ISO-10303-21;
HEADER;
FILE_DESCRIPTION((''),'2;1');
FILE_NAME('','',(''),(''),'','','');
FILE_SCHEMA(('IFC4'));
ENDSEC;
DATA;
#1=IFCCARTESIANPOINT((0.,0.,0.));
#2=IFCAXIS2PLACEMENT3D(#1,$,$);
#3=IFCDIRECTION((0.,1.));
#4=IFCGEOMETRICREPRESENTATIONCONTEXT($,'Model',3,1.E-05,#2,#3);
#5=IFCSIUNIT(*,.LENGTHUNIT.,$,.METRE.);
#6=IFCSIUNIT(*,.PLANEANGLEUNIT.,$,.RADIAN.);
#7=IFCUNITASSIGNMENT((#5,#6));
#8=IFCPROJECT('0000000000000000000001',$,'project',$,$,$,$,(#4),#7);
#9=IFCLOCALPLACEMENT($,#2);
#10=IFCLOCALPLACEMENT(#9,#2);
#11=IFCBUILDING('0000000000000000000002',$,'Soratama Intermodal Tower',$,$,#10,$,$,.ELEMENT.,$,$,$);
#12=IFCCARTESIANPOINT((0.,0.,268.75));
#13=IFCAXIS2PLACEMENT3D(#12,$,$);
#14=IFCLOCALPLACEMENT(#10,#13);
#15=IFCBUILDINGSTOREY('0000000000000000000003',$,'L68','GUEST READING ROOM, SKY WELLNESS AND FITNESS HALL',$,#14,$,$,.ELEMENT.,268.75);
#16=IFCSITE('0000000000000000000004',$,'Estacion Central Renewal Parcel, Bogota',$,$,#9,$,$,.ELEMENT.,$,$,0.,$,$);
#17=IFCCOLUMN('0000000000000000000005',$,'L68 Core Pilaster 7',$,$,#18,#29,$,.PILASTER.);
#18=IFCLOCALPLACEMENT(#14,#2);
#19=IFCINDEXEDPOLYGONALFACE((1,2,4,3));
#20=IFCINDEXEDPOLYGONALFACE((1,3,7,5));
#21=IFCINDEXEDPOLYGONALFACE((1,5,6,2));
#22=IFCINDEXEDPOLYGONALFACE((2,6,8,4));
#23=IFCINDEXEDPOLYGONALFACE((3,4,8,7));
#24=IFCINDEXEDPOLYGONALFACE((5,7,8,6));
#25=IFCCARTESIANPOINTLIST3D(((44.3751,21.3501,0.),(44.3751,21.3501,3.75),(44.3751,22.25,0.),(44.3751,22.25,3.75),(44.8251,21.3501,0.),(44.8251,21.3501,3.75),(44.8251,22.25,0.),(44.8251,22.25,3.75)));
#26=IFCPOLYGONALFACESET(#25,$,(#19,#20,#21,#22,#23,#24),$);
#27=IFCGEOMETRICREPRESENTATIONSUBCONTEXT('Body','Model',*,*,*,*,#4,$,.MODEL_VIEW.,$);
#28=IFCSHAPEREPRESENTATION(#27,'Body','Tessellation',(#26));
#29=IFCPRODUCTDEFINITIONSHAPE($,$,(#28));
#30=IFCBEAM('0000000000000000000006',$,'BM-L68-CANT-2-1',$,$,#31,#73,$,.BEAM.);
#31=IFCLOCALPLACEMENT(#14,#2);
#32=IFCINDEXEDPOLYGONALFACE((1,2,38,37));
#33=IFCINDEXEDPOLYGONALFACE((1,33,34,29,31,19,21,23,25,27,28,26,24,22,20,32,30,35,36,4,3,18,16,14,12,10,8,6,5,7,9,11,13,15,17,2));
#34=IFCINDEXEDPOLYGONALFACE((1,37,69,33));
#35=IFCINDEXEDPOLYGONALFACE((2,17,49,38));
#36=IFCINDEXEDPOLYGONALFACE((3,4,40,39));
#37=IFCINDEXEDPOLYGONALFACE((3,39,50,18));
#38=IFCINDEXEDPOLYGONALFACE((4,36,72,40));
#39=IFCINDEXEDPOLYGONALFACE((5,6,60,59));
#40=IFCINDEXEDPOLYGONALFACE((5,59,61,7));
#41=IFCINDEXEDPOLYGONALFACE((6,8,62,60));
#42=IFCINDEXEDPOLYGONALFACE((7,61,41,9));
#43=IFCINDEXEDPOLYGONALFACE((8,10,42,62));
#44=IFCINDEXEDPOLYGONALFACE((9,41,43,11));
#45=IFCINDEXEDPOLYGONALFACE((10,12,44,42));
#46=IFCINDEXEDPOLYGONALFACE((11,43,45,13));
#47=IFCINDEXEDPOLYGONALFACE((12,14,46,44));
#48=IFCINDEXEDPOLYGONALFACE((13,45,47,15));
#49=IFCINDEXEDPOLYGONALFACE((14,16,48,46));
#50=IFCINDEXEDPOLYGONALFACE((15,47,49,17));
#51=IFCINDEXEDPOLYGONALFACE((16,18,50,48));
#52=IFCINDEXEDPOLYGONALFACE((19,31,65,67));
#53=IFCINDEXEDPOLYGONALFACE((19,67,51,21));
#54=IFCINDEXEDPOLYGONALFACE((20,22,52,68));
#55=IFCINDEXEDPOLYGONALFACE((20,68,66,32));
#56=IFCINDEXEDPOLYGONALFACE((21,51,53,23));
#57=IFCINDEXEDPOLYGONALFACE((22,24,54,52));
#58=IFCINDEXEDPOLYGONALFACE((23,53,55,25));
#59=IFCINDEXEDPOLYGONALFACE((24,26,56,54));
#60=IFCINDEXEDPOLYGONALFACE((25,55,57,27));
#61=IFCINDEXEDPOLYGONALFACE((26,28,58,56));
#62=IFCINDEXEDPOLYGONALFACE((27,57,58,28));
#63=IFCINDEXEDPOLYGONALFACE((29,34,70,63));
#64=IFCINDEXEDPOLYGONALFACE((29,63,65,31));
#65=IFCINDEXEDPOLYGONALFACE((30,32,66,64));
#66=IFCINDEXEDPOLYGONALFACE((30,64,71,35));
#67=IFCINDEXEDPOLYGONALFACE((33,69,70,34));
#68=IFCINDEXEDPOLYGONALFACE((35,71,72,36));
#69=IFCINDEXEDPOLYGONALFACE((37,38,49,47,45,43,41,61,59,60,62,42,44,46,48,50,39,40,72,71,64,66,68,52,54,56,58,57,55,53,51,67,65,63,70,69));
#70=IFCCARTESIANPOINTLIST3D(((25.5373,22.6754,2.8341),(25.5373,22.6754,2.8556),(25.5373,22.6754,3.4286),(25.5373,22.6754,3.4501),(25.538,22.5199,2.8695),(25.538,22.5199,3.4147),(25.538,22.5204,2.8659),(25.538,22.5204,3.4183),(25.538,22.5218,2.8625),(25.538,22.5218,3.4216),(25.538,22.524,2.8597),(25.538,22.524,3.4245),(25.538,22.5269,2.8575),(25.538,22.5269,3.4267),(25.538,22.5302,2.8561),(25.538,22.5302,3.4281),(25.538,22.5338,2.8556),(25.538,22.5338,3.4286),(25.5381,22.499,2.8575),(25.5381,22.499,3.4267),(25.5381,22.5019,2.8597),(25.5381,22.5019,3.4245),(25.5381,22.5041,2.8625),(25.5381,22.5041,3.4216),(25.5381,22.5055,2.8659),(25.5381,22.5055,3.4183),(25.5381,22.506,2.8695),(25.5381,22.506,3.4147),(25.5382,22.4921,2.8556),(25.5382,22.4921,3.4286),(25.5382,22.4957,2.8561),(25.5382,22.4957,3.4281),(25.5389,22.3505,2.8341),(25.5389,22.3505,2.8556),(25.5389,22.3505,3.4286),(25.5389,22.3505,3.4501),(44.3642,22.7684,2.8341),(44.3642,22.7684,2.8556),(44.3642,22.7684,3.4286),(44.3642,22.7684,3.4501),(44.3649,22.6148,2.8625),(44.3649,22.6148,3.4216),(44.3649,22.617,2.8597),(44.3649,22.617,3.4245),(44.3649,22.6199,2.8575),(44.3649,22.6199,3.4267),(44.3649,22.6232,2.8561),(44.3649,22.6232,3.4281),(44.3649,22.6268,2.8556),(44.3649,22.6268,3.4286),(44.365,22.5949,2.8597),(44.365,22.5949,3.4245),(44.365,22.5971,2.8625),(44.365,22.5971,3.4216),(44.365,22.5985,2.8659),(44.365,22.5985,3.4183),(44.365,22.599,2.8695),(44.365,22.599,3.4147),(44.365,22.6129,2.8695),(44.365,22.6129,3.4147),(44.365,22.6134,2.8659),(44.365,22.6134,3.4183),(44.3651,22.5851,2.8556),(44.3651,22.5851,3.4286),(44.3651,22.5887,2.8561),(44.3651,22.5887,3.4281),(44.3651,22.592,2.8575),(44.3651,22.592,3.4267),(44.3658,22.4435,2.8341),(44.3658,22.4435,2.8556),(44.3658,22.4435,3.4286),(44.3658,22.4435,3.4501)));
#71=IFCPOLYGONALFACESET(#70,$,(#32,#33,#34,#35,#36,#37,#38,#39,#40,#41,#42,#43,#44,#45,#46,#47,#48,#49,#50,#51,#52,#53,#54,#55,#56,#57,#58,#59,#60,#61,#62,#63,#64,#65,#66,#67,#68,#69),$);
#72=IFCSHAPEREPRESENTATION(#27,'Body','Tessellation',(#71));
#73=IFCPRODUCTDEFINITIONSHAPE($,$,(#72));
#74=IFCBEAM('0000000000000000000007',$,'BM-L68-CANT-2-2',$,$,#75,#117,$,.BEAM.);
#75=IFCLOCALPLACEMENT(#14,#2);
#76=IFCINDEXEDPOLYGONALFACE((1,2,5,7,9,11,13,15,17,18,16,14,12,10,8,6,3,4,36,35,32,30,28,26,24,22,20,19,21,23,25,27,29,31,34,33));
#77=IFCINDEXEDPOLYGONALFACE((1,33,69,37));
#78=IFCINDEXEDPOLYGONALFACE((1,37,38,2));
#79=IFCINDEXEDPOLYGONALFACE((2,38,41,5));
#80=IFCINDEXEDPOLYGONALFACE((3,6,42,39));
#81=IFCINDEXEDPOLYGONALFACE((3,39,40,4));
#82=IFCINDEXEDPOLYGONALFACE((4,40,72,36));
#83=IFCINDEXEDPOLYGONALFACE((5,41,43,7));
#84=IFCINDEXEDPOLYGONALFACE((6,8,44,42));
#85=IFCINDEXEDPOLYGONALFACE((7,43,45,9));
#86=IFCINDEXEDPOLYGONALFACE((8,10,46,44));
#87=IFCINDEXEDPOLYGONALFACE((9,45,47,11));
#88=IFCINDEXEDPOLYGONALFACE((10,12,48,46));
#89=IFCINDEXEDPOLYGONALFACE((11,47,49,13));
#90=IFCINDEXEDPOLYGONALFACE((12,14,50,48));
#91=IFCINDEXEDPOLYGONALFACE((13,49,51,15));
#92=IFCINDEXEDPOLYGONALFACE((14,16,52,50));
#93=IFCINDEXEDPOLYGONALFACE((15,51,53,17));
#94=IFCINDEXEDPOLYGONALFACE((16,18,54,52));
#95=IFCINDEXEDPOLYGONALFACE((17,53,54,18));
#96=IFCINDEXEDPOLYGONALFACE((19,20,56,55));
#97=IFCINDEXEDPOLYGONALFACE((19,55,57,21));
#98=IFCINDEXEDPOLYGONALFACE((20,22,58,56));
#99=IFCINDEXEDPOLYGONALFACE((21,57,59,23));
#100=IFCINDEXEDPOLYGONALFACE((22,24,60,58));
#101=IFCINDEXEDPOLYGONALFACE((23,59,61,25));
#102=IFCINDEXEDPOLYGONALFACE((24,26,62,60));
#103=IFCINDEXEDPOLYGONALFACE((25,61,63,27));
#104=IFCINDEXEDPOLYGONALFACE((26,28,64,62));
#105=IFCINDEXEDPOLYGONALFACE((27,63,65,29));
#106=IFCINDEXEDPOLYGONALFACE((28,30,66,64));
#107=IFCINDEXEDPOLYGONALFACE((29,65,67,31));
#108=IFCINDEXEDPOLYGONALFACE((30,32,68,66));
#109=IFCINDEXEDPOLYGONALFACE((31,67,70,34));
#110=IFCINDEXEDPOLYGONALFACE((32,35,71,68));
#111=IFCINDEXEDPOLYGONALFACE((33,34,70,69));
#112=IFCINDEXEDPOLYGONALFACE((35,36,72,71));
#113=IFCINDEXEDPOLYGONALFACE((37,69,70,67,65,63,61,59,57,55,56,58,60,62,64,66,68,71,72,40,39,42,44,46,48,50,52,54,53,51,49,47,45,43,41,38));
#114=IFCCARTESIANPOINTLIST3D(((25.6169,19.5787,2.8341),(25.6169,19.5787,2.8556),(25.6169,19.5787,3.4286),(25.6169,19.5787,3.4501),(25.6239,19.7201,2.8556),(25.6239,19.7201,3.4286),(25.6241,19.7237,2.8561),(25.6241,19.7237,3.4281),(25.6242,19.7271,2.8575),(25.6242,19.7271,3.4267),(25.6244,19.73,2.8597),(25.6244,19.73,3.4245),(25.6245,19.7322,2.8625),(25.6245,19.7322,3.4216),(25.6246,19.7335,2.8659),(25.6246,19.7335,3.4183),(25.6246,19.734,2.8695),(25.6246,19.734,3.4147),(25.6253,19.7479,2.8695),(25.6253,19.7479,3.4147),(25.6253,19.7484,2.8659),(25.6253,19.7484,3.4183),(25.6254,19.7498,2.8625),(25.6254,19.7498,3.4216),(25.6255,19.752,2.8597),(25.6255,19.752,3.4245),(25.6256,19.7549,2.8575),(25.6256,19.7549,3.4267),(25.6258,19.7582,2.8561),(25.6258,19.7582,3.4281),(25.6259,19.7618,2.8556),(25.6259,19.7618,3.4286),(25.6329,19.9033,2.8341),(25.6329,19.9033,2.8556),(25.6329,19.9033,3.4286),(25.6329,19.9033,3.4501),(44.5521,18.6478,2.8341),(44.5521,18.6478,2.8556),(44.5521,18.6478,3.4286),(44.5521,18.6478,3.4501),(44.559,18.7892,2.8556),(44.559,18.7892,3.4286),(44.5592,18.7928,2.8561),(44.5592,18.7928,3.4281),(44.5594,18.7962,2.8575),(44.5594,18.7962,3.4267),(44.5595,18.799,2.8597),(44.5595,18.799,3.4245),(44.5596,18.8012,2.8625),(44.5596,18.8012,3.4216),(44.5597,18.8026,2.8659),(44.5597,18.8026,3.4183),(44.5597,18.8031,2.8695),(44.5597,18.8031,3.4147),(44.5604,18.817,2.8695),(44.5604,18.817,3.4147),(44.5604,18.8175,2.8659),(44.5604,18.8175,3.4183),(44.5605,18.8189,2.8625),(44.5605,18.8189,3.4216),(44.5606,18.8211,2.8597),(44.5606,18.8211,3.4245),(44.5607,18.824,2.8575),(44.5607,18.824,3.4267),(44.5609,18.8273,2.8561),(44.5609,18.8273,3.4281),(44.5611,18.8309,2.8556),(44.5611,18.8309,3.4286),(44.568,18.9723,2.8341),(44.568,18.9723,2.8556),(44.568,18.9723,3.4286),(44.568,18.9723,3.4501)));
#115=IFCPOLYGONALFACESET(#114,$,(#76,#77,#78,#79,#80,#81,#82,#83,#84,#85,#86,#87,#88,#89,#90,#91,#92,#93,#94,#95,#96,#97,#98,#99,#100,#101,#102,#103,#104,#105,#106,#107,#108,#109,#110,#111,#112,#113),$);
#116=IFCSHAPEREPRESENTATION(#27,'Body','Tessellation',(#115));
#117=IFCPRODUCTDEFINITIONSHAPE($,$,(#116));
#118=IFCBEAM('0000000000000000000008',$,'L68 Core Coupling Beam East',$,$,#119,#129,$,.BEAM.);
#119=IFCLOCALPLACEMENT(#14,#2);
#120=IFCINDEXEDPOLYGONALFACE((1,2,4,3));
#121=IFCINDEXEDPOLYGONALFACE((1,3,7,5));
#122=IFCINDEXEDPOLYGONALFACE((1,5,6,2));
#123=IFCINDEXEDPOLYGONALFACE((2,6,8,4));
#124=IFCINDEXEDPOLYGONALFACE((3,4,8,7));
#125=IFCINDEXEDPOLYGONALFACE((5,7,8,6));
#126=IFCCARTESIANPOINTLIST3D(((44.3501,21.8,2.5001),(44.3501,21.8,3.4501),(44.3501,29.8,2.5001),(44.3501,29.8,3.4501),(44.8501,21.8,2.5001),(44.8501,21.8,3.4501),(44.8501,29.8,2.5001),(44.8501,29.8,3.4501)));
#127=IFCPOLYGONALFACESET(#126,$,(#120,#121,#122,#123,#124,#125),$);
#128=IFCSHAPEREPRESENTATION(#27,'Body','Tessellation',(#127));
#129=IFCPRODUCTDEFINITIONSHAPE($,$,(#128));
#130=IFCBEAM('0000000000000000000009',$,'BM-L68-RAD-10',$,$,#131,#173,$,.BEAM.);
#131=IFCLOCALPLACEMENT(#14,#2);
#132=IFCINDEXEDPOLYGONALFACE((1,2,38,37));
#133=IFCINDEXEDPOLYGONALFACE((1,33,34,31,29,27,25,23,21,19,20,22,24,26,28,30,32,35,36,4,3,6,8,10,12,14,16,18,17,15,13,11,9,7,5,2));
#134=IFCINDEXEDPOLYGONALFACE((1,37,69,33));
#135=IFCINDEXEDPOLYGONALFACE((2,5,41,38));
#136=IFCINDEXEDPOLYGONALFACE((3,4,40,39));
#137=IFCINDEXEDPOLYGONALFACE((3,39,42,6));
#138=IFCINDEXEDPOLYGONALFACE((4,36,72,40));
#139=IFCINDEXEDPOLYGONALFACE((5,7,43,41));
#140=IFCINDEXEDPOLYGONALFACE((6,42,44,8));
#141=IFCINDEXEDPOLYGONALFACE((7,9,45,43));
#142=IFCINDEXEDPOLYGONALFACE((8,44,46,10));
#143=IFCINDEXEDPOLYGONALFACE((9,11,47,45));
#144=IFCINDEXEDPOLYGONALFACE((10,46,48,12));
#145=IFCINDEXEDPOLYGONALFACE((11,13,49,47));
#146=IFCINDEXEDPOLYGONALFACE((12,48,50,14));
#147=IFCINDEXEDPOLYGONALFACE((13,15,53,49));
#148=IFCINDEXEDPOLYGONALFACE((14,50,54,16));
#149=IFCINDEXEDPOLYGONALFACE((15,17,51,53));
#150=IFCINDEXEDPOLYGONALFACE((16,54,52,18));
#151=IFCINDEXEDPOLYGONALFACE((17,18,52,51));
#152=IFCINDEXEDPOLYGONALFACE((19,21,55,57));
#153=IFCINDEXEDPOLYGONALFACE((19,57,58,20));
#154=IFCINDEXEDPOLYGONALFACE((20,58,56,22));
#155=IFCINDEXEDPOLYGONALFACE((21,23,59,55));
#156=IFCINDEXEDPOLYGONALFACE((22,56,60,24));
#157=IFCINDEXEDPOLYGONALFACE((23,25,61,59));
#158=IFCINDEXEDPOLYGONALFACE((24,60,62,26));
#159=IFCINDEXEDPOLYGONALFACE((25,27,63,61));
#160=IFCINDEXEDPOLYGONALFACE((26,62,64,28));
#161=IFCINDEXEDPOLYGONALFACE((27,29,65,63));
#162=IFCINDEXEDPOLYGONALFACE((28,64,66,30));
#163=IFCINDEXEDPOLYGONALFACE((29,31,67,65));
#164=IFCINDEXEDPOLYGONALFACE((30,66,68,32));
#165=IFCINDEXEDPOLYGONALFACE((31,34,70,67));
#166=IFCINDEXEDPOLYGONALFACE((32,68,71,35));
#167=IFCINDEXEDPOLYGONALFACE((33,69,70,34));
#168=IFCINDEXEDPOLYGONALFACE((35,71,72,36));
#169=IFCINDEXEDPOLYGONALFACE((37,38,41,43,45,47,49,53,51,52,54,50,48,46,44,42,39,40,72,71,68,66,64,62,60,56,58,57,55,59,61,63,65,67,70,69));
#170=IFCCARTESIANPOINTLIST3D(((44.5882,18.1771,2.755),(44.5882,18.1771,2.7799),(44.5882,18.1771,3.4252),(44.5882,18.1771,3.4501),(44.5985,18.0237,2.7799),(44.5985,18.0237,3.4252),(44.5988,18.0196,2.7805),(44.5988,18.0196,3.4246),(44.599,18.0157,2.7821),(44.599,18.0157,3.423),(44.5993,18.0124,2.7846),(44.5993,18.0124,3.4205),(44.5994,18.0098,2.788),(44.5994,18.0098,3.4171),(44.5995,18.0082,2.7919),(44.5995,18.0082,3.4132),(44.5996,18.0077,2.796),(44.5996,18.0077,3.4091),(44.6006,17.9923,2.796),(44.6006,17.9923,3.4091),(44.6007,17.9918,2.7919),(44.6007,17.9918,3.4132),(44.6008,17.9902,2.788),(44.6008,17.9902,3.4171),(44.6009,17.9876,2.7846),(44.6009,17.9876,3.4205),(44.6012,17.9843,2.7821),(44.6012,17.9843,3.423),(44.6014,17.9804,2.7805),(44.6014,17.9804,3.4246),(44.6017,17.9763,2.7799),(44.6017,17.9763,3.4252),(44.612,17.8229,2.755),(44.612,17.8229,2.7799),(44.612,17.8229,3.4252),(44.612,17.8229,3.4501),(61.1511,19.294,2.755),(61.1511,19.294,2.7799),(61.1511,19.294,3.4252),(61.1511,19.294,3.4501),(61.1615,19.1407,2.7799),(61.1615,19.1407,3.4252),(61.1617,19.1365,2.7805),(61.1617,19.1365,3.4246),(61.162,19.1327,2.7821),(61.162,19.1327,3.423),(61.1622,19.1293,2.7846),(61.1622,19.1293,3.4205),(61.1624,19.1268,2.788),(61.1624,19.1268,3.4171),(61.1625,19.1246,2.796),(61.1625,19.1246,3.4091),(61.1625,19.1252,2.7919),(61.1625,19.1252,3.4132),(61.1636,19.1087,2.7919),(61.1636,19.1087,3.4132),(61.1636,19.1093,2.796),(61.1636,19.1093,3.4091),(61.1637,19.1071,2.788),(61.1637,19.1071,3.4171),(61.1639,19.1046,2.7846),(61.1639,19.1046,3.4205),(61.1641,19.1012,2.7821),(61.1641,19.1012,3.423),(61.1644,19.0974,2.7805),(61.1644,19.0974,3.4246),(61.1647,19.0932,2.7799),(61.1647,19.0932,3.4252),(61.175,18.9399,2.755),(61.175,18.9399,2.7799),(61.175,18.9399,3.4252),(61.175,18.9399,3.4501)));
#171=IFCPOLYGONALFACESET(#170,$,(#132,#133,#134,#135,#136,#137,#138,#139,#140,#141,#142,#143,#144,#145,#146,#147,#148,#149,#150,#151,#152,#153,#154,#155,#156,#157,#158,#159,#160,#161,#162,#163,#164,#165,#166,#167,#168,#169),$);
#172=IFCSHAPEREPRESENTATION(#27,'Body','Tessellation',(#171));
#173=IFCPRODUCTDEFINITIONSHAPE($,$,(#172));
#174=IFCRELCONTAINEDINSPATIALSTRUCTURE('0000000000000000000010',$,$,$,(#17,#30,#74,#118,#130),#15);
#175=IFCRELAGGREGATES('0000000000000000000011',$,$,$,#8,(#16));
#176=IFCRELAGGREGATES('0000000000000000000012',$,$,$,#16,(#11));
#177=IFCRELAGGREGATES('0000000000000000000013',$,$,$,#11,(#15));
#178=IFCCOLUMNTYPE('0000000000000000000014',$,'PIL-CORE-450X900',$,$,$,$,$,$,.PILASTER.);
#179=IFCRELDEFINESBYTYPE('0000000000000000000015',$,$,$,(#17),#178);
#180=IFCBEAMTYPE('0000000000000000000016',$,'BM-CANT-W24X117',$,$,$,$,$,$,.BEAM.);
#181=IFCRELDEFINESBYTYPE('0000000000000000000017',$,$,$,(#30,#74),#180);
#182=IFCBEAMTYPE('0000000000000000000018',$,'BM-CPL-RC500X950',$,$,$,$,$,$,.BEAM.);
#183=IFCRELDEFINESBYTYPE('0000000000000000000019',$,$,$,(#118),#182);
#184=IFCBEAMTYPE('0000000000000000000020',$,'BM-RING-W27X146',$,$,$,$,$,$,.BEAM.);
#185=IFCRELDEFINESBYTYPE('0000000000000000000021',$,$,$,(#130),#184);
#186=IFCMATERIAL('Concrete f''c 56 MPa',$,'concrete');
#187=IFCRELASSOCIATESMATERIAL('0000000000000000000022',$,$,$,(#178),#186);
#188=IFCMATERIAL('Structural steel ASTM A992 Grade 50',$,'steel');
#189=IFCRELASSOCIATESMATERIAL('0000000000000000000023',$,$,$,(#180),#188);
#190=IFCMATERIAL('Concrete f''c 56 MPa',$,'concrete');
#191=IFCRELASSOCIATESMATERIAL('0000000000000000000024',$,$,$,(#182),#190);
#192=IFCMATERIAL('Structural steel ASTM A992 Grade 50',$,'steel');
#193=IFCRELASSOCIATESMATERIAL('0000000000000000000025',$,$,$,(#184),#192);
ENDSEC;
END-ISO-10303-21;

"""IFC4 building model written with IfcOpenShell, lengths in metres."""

from ifc_helpers import new_model, si_unit, direction, frame, origin, origin_2d, place, context, subcontext, project, spatial, rectangle, i_section, extrude, material, material_profile, profile_set, type_object, element, save


model = new_model("IFC4")

# Units and contexts
model_context = context("Model", 3, precision=1e-05, world=origin(), true_north=direction((0.0, 1.0)))
body_context = subcontext(model_context, "Body", "Model", "MODEL_VIEW")
ifc_project = project(units=[si_unit("LENGTHUNIT", "METRE"), si_unit("PLANEANGLEUNIT", "RADIAN")], contexts=[model_context])

# Site, building, storey
site_placement = place(None, origin())
site = spatial("IfcSite", under=ifc_project, at=site_placement, Name="Estacion Central Renewal Parcel, Bogota", CompositionType="ELEMENT", RefElevation=0.0)
building_placement = place(site_placement, origin())
building = spatial("IfcBuilding", under=site, at=building_placement, Name="Soratama Intermodal Tower", CompositionType="ELEMENT")
storey_placement = place(building_placement, frame((0.0, 0.0, 268.75)))
storey = spatial("IfcBuildingStorey", under=building, at=storey_placement, Name="L68", Description="GUEST READING ROOM, SKY WELLNESS AND FITNESS HALL", CompositionType="ELEMENT", Elevation=268.75)

# Column
ifc_material_1 = material(Name="Concrete f'c 56 MPa", Category="concrete")
ifc_material_profile_1 = material_profile(ifc_material_1, rectangle(XDim=0.45, YDim=0.8999, at=origin_2d()), Name="RC450X900")
ifc_profile_set_1 = profile_set([ifc_material_profile_1], Name="Concrete f'c 56 MPa")
column_type = type_object("IfcColumnType", Name="PIL-CORE-450X900", PredefinedType="PILASTER", material=ifc_profile_set_1)
column_placement = place(storey_placement, frame((44.6001, 21.8, 0.0), z_axis=(0.0, 0.0, 1.0), x_axis=(1.0, 0.0, 0.0)))
element("IfcColumn", 1, at=column_placement, inside=storey, type_object=column_type, Name="L68 Core Pilaster 7", PredefinedType="PILASTER", context=body_context, shape_type="SweptSolid", body=[
    extrude(rectangle(XDim=0.45, YDim=0.8999, at=origin_2d()), origin(), (0.0, 0.0, 1.0), 3.75),
])

# Beams
ifc_material_2 = material(Name="Structural steel ASTM A992 Grade 50", Category="steel")
ifc_material_profile_2 = material_profile(ifc_material_2, i_section(OverallWidth=0.325, OverallDepth=0.616, WebThickness=0.0139, FlangeThickness=0.0215, FilletRadius=0.0139, at=origin_2d()), Name="W24X117")
ifc_profile_set_2 = profile_set([ifc_material_profile_2], Name="Structural steel ASTM A992 Grade 50")
beam_type_1 = type_object("IfcBeamType", Name="BM-CANT-W24X117", PredefinedType="BEAM", material=ifc_profile_set_2)
beam_1_placement = place(storey_placement, frame((44.365, 22.606, 3.1421), z_axis=(-0.999988, -0.004941, 0.0), x_axis=(0.004941, -0.999988, 0.0)))
element("IfcBeam", 2, at=beam_1_placement, inside=storey, type_object=beam_type_1, Name="BM-L68-CANT-2-1", PredefinedType="BEAM", context=body_context, shape_type="SweptSolid", body=[
    extrude(i_section(OverallWidth=0.325, OverallDepth=0.616, WebThickness=0.0139, FlangeThickness=0.0215, FilletRadius=0.0139, at=origin_2d()), origin(), (0.0, 0.0, 1.0), 18.8271),
])
beam_2_placement = place(storey_placement, frame((44.5601, 18.8101, 3.1421), z_axis=(-0.998794, 0.049104, 0.0), x_axis=(-0.049104, -0.998794, 0.0)))
element("IfcBeam", 3, at=beam_2_placement, inside=storey, type_object=beam_type_1, Name="BM-L68-CANT-2-2", PredefinedType="BEAM", context=body_context, shape_type="SweptSolid", body=[
    extrude(i_section(OverallWidth=0.325, OverallDepth=0.616, WebThickness=0.0139, FlangeThickness=0.0215, FilletRadius=0.0139, at=origin_2d()), origin(), (0.0, 0.0, 1.0), 18.958),
])
ifc_material_3 = material(Name="Concrete f'c 56 MPa", Category="concrete")
ifc_material_profile_3 = material_profile(ifc_material_3, rectangle(XDim=0.5, YDim=0.95, at=origin_2d()), Name="RC500X950")
ifc_profile_set_3 = profile_set([ifc_material_profile_3], Name="Concrete f'c 56 MPa")
beam_type_2 = type_object("IfcBeamType", Name="BM-CPL-RC500X950", PredefinedType="BEAM", material=ifc_profile_set_3)
beam_3_placement = place(storey_placement, frame((44.6001, 21.8, 2.9751), z_axis=(0.0, 1.0, 0.0), x_axis=(-1.0, 0.0, 0.0)))
element("IfcBeam", 4, at=beam_3_placement, inside=storey, type_object=beam_type_2, Name="L68 Core Coupling Beam East", PredefinedType="BEAM", context=body_context, shape_type="SweptSolid", body=[
    extrude(rectangle(XDim=0.5, YDim=0.95, at=origin_2d()), origin(), (0.0, 0.0, 1.0), 8.0),
])
ifc_material_4 = material(Name="Structural steel ASTM A992 Grade 50", Category="steel")
ifc_material_profile_4 = material_profile(ifc_material_4, i_section(OverallWidth=0.355, OverallDepth=0.6951, WebThickness=0.0154, FlangeThickness=0.0249, FilletRadius=0.0161, at=origin_2d()), Name="W27X146")
ifc_profile_set_4 = profile_set([ifc_material_profile_4], Name="Structural steel ASTM A992 Grade 50")
beam_type_3 = type_object("IfcBeamType", Name="BM-RING-W27X146", PredefinedType="BEAM", material=ifc_profile_set_4)
beam_4_placement = place(storey_placement, frame((44.6001, 18.0, 3.1025), z_axis=(0.997734, 0.067283, 0.0), x_axis=(-0.067283, 0.997734, 0.0)))
element("IfcBeam", 5, at=beam_4_placement, inside=storey, type_object=beam_type_3, Name="BM-L68-RAD-10", PredefinedType="BEAM", context=body_context, shape_type="SweptSolid", body=[
    extrude(i_section(OverallWidth=0.355, OverallDepth=0.6951, WebThickness=0.0154, FlangeThickness=0.0249, FilletRadius=0.0161, at=origin_2d()), origin(), (0.0, 0.0, 1.0), 16.6006),
])

save(model, "model.ifc")
